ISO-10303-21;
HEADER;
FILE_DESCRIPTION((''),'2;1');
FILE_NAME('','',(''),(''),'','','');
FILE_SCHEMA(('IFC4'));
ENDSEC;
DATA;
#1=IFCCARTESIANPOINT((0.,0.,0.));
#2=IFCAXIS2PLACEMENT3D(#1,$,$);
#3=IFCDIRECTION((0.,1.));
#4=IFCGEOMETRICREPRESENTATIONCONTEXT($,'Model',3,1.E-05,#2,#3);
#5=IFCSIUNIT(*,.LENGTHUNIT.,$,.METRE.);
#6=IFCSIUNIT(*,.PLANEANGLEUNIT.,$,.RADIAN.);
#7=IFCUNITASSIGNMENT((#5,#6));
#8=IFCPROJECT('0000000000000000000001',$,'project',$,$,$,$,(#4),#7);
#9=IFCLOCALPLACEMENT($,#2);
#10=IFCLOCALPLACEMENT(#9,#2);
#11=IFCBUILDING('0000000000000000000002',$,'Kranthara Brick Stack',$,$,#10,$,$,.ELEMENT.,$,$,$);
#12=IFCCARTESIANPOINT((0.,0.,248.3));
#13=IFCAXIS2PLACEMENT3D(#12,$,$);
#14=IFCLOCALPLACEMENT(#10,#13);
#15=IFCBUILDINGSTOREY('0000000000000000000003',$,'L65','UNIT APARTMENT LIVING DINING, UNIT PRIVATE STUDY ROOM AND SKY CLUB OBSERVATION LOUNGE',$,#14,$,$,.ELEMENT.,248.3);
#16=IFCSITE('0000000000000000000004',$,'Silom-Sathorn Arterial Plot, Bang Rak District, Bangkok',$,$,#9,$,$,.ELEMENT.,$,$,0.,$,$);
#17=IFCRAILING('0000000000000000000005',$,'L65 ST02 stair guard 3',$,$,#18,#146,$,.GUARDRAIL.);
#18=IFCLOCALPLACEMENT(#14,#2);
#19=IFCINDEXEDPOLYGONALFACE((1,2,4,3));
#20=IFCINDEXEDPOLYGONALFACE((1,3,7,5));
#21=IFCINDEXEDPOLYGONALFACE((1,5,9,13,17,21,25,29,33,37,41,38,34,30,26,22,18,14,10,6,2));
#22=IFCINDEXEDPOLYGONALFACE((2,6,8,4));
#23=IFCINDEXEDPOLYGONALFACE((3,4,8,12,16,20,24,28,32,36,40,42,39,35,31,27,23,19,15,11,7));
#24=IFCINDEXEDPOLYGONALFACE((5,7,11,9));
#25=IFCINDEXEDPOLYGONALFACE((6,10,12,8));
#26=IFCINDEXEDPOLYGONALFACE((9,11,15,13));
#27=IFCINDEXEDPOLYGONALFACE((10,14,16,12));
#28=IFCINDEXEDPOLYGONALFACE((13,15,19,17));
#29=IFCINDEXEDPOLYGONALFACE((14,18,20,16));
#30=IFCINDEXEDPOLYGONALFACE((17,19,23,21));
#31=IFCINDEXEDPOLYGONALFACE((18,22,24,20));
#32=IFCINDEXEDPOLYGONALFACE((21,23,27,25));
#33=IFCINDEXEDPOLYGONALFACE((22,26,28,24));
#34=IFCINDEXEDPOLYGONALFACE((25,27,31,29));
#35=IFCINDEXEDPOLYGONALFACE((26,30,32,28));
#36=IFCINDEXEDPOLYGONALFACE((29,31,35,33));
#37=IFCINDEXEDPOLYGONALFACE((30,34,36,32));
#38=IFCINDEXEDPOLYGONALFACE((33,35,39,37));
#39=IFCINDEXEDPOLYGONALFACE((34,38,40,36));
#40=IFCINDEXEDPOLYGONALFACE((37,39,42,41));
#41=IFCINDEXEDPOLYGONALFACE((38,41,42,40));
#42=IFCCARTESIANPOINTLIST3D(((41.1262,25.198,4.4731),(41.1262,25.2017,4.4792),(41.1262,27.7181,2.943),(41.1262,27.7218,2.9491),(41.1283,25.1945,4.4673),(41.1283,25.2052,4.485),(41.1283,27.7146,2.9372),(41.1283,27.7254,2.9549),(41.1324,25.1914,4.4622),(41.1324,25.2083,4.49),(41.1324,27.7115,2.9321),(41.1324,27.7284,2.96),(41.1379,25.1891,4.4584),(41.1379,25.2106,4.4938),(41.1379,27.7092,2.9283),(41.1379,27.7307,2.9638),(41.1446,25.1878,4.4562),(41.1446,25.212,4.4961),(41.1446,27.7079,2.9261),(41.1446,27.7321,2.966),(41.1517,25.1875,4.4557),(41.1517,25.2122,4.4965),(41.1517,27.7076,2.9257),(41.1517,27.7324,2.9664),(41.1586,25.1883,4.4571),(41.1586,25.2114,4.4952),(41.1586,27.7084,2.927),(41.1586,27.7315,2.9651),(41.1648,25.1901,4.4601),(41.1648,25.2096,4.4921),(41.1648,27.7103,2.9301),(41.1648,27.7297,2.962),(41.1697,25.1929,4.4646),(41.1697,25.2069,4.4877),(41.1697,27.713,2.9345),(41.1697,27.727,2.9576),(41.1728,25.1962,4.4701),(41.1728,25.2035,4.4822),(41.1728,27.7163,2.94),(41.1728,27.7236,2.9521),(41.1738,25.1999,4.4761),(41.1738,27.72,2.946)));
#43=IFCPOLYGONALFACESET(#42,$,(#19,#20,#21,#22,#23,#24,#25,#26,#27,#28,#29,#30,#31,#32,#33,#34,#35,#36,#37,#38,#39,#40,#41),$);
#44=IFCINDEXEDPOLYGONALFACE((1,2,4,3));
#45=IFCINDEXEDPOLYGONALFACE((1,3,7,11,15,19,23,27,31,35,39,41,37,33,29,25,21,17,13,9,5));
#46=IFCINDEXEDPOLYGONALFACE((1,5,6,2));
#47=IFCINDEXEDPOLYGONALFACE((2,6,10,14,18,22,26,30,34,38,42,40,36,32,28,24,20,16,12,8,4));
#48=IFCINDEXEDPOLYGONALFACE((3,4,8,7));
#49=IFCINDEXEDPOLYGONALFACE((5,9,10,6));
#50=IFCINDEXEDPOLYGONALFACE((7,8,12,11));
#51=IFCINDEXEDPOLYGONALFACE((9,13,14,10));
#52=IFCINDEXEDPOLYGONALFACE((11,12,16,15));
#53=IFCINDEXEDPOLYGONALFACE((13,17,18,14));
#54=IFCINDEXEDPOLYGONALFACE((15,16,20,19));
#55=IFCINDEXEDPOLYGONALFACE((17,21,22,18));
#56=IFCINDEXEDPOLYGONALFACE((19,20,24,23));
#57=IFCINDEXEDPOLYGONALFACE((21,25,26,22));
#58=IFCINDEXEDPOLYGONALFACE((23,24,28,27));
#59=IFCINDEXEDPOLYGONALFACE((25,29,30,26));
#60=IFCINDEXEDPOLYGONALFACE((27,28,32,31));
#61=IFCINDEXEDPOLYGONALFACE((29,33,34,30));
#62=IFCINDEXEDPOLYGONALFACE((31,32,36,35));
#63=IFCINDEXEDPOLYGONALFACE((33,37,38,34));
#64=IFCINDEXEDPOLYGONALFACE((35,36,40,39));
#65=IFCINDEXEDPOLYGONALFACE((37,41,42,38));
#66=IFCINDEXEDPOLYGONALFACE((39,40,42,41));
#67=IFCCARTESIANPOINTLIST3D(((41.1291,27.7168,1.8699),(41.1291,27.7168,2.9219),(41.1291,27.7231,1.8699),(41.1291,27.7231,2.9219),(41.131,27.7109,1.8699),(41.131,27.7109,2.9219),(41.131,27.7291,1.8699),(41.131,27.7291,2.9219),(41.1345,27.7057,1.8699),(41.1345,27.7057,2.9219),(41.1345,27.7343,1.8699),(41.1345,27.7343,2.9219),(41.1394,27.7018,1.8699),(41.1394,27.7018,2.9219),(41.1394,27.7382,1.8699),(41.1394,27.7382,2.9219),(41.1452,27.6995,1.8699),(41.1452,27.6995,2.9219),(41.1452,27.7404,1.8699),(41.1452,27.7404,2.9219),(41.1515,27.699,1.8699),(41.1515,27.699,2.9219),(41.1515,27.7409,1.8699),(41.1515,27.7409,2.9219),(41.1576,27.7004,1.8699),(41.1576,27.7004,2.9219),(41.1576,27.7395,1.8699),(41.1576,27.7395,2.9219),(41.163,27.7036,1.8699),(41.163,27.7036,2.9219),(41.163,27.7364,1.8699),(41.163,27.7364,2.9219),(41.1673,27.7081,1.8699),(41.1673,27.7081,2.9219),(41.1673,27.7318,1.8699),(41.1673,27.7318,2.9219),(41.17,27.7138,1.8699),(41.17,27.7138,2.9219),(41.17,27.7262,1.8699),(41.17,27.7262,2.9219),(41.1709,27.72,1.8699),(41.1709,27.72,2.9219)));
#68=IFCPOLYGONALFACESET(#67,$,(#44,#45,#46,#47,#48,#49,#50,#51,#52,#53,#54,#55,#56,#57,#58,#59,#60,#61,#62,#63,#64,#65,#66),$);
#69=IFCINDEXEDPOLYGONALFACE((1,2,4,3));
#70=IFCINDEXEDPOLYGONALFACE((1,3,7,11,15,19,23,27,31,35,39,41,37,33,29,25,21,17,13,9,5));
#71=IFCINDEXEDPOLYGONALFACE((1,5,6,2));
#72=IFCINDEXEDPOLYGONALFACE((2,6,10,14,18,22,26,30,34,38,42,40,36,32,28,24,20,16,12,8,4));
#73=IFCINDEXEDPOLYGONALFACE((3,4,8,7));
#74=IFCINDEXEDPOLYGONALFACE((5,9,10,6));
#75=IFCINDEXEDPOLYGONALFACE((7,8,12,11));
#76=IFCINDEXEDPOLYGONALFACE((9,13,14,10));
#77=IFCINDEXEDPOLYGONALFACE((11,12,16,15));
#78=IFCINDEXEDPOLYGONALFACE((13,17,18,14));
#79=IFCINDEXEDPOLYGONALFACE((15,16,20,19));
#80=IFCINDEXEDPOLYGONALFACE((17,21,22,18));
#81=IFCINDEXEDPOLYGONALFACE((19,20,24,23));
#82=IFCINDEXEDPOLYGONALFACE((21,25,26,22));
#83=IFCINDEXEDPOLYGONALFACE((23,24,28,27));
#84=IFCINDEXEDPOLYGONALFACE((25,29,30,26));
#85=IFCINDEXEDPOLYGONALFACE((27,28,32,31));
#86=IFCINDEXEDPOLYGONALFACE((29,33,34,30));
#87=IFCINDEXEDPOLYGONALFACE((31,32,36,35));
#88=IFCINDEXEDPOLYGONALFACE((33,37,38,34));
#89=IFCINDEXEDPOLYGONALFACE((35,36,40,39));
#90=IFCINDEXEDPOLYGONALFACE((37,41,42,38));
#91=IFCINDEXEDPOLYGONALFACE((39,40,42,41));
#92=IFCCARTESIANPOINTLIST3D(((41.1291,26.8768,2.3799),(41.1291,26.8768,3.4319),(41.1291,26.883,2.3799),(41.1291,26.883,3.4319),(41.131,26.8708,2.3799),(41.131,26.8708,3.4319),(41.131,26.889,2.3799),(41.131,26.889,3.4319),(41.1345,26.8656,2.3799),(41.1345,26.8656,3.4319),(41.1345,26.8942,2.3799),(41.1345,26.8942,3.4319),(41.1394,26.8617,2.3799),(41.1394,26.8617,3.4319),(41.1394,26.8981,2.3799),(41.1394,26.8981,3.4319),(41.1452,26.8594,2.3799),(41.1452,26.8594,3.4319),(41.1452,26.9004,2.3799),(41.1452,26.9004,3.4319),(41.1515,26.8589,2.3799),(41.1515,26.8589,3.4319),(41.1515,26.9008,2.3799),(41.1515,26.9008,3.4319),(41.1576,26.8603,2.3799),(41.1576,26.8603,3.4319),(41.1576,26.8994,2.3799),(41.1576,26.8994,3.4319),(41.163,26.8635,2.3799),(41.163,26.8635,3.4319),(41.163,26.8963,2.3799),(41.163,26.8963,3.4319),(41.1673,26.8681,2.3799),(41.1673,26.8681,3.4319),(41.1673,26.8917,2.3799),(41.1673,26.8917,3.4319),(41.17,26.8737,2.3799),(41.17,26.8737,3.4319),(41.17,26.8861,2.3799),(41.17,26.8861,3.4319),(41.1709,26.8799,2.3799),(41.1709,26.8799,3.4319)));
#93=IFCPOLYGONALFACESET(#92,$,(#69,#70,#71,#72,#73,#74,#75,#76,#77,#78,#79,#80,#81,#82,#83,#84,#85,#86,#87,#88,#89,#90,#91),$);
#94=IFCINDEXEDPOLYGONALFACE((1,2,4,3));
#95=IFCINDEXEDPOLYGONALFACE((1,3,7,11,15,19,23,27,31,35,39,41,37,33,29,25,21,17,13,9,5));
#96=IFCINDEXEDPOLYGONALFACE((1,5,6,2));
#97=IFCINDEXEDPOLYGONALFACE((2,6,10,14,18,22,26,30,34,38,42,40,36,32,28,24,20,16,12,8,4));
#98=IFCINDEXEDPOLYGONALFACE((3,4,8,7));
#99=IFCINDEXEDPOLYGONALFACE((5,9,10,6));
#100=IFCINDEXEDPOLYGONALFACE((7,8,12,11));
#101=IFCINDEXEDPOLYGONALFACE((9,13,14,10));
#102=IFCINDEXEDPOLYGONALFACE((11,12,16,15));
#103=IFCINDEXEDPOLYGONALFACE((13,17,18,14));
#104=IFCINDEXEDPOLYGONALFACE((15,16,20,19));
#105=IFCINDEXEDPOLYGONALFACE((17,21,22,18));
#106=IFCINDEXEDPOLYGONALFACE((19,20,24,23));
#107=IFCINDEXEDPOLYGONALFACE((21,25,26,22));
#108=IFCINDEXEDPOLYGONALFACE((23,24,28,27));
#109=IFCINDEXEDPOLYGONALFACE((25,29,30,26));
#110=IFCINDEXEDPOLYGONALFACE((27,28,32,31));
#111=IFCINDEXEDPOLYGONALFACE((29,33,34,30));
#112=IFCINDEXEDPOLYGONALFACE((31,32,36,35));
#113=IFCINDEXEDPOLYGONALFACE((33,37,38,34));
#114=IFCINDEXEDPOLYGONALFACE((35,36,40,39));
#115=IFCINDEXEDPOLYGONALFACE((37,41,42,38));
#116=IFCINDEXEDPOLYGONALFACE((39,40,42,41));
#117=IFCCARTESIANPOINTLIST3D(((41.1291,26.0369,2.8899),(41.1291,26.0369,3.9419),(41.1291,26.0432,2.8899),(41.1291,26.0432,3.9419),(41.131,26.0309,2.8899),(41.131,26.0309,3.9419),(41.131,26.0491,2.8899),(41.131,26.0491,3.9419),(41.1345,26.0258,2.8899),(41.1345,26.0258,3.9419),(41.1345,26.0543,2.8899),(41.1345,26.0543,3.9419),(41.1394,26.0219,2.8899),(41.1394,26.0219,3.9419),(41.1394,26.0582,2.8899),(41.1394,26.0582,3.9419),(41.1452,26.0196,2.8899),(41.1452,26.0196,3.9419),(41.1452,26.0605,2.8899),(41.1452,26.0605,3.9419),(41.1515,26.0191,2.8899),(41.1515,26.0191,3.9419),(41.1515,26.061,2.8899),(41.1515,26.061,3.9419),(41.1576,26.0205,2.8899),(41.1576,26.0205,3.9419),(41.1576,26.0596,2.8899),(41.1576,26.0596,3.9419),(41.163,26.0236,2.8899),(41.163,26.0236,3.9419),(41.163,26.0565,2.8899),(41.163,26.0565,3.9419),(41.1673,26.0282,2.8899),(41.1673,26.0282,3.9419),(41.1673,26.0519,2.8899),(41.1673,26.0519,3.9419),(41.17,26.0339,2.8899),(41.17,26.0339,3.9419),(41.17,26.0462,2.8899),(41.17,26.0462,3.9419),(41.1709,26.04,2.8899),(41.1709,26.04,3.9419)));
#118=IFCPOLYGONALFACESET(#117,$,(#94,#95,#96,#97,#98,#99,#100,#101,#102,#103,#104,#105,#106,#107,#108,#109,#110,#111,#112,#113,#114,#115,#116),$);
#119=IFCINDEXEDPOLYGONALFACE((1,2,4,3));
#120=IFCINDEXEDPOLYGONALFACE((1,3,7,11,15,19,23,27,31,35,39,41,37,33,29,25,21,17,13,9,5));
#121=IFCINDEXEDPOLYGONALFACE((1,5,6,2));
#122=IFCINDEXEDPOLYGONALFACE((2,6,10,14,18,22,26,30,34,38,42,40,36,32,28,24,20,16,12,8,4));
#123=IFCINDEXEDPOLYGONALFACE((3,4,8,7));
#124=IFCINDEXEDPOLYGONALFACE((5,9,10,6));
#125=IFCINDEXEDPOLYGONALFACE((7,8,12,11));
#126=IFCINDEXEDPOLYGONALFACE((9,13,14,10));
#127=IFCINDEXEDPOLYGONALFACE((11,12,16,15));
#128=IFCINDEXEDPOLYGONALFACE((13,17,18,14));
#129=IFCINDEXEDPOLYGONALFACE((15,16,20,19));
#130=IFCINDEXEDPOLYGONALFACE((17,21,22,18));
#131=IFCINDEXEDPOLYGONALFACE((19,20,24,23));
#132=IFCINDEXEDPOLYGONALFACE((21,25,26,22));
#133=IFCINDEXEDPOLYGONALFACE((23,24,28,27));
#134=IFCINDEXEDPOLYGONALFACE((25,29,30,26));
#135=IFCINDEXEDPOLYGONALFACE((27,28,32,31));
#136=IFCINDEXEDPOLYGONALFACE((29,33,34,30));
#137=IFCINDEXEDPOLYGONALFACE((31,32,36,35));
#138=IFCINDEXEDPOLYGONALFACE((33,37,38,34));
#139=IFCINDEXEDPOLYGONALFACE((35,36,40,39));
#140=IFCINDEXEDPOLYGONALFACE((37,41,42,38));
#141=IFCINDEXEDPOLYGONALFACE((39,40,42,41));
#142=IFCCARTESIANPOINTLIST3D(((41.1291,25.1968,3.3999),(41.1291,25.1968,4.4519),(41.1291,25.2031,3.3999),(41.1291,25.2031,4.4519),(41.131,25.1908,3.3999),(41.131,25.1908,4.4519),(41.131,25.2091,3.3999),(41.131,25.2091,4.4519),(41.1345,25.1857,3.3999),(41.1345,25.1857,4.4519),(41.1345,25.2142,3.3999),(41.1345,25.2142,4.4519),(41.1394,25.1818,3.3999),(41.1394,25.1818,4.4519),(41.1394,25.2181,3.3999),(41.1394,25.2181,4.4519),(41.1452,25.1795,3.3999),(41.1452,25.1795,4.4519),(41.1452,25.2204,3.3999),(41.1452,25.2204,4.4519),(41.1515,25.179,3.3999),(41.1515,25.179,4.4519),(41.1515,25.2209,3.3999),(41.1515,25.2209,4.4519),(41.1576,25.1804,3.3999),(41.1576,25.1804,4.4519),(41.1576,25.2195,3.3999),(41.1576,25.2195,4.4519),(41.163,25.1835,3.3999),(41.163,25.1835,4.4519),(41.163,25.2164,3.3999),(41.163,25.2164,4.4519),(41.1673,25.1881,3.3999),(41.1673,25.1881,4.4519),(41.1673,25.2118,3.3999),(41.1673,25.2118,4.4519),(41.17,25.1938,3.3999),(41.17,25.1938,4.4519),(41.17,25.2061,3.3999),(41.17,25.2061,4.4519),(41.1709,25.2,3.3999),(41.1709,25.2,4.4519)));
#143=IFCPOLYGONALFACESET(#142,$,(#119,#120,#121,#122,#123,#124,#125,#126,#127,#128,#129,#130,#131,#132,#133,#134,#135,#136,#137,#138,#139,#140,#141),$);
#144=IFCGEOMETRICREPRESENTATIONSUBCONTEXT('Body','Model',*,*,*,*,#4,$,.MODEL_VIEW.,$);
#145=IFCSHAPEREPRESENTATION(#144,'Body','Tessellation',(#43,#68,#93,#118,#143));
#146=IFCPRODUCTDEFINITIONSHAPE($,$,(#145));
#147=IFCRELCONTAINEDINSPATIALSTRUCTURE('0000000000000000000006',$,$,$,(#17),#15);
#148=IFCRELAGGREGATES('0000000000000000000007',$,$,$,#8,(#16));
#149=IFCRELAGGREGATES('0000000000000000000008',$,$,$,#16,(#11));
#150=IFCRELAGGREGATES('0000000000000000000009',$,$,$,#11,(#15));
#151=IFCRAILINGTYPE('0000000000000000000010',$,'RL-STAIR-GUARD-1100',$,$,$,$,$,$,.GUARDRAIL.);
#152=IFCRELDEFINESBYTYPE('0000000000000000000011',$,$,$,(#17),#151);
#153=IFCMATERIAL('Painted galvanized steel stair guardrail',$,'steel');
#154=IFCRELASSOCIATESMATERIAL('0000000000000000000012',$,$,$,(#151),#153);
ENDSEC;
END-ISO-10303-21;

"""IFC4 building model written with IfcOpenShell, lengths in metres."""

from ifc_helpers import new_model, si_unit, direction, frame, origin, origin_2d, place, context, subcontext, project, spatial, circle, extrude, material, type_object, element, save


model = new_model("IFC4")

# Units and contexts
model_context = context("Model", 3, precision=1e-05, world=origin(), true_north=direction((0.0, 1.0)))
body_context = subcontext(model_context, "Body", "Model", "MODEL_VIEW")
ifc_project = project(units=[si_unit("LENGTHUNIT", "METRE"), si_unit("PLANEANGLEUNIT", "RADIAN")], contexts=[model_context])

# Site, building, storey
site_placement = place(None, origin())
site = spatial("IfcSite", under=ifc_project, at=site_placement, Name="Silom-Sathorn Arterial Plot, Bang Rak District, Bangkok", CompositionType="ELEMENT", RefElevation=0.0)
building_placement = place(site_placement, origin())
building = spatial("IfcBuilding", under=site, at=building_placement, Name="Kranthara Brick Stack", CompositionType="ELEMENT")
storey_placement = place(building_placement, frame((0.0, 0.0, 248.3)))
storey = spatial("IfcBuildingStorey", under=building, at=storey_placement, Name="L65", Description="UNIT APARTMENT LIVING DINING, UNIT PRIVATE STUDY ROOM AND SKY CLUB OBSERVATION LOUNGE", CompositionType="ELEMENT", Elevation=248.3)

# Railing
ifc_material_1 = material(Name="Painted galvanized steel stair guardrail", Category="steel")
railing_type_1 = type_object("IfcRailingType", Name="RL-STAIR-GUARD-1100", PredefinedType="GUARDRAIL", material=ifc_material_1)
railing_1_placement = place(storey_placement, frame((41.1499, 27.72, 1.8699)))
element("IfcRailing", 1, at=railing_1_placement, inside=storey, type_object=railing_type_1, Name="L65 ST02 stair guard 3", PredefinedType="GUARDRAIL", context=body_context, shape_type="SweptSolid", body=[
    extrude(circle(Radius=0.0239, at=origin_2d()), frame((0.0, 0.0, 1.0762), z_axis=(0.0, -0.854785, 0.518982), x_axis=(1.0, 0.0, 0.0)), (0.0, 0.0, 1.0), 2.9482),
    extrude(circle(Radius=0.021, at=origin_2d()), origin(), (0.0, 0.0, 1.0), 1.052),
    extrude(circle(Radius=0.021, at=origin_2d()), frame((0.0, -0.8401, 0.51)), (0.0, 0.0, 1.0), 1.052),
    extrude(circle(Radius=0.021, at=origin_2d()), frame((0.0, -1.6799, 1.02)), (0.0, 0.0, 1.0), 1.052),
    extrude(circle(Radius=0.021, at=origin_2d()), frame((0.0, -2.52, 1.53)), (0.0, 0.0, 1.0), 1.052),
])

save(model, "model.ifc")
